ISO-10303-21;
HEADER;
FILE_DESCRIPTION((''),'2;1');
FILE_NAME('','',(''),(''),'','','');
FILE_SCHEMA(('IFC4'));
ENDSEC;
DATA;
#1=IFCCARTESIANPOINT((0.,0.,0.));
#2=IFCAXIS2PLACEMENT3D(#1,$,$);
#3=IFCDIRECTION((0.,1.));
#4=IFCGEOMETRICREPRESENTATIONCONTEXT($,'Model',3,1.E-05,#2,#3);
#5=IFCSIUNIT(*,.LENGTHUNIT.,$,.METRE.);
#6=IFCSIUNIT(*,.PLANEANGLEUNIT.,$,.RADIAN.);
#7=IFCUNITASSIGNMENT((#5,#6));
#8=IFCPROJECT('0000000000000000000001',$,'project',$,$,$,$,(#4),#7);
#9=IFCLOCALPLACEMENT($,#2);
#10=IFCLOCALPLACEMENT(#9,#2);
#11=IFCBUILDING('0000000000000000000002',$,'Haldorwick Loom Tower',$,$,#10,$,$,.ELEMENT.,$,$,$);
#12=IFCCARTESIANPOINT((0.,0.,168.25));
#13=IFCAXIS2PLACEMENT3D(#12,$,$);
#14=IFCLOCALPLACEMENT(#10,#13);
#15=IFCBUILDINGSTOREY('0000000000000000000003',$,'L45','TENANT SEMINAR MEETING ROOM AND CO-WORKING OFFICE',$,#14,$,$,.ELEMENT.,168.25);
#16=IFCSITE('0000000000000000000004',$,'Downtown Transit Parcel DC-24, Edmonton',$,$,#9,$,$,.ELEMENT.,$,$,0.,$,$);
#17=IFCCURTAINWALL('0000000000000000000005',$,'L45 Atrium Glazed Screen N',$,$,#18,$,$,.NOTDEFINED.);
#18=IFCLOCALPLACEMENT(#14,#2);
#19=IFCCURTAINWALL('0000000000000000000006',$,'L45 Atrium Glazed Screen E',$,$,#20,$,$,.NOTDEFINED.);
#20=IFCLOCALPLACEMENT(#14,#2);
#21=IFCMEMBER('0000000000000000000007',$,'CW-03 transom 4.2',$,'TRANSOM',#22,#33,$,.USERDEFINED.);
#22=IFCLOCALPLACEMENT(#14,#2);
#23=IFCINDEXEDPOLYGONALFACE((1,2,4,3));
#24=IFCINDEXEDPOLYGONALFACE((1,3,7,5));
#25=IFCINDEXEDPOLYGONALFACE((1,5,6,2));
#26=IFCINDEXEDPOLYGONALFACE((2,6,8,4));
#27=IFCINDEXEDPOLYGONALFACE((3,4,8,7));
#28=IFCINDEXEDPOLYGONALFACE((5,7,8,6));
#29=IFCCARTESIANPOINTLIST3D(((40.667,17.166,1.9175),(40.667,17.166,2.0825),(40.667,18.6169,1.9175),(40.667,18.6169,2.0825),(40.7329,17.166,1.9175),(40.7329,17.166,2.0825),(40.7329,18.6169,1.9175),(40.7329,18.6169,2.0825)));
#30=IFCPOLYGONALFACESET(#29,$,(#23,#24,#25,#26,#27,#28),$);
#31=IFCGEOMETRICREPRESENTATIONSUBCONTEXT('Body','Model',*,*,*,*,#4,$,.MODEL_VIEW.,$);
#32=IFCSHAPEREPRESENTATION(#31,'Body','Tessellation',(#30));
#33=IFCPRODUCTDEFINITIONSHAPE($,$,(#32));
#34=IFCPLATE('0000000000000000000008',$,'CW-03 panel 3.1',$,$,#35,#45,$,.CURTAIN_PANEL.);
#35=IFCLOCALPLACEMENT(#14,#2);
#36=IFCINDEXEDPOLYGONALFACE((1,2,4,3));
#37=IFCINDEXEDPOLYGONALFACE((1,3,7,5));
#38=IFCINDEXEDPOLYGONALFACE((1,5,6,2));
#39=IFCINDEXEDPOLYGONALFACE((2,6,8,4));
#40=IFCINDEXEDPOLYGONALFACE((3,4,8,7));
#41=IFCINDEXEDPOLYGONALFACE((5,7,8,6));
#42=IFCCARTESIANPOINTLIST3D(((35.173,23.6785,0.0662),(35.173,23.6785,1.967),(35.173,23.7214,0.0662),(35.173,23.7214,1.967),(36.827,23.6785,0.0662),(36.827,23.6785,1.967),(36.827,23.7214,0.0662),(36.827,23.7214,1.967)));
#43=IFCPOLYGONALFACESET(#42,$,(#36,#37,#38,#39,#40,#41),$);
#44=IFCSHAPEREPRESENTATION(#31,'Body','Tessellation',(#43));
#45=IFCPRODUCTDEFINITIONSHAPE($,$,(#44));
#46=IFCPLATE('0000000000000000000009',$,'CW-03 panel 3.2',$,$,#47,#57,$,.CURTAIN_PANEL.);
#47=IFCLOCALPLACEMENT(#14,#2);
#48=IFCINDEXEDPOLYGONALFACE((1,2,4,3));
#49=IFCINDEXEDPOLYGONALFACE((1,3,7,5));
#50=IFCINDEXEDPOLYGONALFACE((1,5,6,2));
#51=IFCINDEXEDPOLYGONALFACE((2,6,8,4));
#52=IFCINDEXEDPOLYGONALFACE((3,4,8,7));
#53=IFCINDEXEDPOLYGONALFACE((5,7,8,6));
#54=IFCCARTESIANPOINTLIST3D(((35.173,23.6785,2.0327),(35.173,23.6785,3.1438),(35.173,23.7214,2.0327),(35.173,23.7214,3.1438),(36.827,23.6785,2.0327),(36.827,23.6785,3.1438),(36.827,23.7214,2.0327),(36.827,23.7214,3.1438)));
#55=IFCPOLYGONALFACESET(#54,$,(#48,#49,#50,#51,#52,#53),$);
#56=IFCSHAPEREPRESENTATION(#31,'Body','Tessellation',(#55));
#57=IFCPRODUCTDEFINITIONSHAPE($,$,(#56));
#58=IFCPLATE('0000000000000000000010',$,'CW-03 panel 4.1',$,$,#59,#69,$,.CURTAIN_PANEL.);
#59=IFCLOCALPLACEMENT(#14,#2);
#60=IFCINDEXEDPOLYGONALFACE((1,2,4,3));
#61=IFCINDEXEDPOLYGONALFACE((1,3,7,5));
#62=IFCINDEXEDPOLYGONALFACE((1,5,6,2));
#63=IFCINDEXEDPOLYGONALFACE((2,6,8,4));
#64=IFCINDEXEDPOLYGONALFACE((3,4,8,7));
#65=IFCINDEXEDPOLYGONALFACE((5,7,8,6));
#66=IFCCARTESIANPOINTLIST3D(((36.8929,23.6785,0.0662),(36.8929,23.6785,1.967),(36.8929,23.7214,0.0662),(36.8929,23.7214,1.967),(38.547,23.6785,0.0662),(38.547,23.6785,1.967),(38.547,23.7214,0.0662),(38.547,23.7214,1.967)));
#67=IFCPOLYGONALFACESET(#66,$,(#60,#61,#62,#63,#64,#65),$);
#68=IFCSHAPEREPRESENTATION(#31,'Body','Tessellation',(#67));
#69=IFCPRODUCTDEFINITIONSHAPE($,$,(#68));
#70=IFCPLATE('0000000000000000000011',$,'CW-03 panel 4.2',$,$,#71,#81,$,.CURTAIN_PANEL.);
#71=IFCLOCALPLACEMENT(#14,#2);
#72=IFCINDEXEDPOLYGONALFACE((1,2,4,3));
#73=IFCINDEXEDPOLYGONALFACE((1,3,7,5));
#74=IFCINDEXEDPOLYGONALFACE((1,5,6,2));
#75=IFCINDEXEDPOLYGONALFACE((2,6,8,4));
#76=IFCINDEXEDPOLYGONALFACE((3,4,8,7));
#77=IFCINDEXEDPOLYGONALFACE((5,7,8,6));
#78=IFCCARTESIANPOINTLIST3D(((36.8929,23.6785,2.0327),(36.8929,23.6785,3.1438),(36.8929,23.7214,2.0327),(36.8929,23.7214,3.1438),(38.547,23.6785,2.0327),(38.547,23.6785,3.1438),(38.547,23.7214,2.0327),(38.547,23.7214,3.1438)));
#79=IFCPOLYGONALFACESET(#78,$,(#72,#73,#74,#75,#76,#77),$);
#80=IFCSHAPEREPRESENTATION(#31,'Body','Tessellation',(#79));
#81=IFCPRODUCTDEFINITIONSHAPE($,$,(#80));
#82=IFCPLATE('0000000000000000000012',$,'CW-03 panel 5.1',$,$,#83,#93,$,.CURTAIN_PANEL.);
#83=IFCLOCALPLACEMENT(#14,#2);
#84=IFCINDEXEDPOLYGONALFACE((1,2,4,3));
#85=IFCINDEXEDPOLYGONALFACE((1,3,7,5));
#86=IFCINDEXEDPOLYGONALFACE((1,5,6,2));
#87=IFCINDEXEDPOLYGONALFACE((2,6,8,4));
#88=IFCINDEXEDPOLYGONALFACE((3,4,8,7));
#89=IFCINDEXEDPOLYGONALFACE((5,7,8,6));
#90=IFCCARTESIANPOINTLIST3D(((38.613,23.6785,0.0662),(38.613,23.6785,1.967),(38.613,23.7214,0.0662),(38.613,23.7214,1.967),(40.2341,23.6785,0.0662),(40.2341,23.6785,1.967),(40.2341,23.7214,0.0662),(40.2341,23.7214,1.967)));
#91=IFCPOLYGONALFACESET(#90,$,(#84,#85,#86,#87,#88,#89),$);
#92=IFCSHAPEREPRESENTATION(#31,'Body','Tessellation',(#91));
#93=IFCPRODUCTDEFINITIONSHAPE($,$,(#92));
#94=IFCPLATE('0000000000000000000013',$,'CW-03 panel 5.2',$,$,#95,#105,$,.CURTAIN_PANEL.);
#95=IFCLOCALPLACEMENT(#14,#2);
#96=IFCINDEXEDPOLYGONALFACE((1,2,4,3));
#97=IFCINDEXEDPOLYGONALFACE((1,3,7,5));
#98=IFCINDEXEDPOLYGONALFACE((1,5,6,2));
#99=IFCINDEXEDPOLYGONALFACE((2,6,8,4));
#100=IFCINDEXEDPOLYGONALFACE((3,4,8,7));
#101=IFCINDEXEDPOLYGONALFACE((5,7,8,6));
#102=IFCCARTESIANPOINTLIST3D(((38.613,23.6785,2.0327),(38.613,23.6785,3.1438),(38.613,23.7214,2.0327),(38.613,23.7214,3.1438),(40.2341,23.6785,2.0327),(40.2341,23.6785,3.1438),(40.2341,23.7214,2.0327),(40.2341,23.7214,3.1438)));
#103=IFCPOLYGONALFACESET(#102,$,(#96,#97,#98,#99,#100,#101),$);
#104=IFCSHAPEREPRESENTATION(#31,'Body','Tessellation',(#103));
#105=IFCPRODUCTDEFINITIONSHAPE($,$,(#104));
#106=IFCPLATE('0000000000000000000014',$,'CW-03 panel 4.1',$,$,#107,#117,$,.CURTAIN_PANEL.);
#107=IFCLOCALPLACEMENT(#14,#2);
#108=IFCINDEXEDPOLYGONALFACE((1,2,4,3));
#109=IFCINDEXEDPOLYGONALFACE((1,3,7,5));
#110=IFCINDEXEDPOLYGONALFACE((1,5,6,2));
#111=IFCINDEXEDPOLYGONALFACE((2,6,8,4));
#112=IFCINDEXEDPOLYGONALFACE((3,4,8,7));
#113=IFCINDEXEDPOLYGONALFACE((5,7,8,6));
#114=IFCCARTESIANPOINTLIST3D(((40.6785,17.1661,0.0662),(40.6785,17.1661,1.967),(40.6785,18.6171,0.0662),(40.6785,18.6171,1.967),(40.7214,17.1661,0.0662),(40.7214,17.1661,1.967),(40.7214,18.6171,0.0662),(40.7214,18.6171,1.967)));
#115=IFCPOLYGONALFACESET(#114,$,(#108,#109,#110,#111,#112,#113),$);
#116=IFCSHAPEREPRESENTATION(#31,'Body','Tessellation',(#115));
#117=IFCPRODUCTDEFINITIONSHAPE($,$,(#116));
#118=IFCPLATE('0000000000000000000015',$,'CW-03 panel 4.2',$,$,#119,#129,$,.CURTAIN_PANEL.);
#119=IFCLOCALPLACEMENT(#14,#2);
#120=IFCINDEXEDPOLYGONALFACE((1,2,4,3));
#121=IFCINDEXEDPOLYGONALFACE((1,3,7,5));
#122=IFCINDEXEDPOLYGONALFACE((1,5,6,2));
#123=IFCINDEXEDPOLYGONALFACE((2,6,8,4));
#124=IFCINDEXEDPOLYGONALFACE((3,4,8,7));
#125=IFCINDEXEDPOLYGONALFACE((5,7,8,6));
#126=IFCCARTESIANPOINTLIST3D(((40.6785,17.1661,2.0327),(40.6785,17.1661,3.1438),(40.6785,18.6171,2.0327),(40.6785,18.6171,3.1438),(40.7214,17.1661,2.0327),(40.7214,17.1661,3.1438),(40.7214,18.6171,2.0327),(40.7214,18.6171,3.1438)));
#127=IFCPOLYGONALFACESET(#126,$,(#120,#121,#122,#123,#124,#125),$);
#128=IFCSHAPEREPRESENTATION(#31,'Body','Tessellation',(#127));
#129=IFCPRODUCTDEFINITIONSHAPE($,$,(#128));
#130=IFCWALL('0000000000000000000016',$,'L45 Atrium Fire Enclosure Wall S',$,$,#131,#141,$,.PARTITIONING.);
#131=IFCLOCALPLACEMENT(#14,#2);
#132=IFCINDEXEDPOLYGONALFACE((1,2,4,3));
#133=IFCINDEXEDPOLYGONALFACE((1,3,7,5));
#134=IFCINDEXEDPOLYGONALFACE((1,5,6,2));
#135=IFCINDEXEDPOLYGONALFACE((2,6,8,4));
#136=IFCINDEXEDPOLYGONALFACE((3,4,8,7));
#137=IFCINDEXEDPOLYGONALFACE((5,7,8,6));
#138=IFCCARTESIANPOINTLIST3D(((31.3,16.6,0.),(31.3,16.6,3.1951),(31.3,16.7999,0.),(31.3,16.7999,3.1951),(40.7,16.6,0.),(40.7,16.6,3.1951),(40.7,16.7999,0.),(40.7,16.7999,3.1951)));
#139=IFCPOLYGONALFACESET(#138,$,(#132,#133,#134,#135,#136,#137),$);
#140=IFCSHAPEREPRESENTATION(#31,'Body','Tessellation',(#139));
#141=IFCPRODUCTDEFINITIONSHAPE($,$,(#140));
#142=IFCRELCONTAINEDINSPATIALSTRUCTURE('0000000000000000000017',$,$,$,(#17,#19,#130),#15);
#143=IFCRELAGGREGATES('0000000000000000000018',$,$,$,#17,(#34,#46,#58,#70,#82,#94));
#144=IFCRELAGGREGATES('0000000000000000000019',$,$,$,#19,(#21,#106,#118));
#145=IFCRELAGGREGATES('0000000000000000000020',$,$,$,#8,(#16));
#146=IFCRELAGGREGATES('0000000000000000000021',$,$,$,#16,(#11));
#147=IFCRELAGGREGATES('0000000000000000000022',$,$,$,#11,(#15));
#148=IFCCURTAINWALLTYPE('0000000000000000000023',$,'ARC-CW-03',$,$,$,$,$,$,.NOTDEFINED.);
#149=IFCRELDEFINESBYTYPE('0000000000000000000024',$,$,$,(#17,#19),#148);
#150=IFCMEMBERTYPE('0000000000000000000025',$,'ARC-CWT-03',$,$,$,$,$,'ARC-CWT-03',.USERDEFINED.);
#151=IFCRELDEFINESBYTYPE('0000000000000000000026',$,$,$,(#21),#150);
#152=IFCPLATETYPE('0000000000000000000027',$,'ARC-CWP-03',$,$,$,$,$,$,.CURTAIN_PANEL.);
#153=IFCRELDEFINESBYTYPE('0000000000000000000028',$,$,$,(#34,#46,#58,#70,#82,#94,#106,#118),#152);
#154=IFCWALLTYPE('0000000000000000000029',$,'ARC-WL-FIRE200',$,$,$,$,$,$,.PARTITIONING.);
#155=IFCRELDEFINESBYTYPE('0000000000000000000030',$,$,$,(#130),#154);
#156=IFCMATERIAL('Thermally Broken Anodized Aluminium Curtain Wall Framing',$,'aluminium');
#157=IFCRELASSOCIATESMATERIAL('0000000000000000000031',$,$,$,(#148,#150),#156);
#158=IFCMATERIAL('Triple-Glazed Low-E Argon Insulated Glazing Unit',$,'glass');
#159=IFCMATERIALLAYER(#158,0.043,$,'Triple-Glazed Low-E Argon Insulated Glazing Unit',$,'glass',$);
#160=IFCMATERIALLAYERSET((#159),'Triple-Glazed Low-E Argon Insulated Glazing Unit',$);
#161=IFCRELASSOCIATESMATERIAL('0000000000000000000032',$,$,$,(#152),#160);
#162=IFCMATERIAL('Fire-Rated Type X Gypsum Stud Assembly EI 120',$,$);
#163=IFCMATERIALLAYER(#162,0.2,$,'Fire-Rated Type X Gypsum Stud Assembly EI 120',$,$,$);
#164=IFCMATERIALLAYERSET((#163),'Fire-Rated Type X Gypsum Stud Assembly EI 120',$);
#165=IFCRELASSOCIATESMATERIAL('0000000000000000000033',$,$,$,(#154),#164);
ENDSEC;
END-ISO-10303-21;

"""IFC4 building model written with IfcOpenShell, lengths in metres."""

from ifc_helpers import new_model, si_unit, direction, frame, frame_2d, origin, origin_2d, place, context, subcontext, project, spatial, rectangle, extrude, material, layer, layer_set, material_profile, profile_set, type_object, element, aggregate, save


model = new_model("IFC4")

# Units and contexts
model_context = context("Model", 3, precision=1e-05, world=origin(), true_north=direction((0.0, 1.0)))
body_context = subcontext(model_context, "Body", "Model", "MODEL_VIEW")
ifc_project = project(units=[si_unit("LENGTHUNIT", "METRE"), si_unit("PLANEANGLEUNIT", "RADIAN")], contexts=[model_context])

# Site, building, storey
site_placement = place(None, origin())
site = spatial("IfcSite", under=ifc_project, at=site_placement, Name="Downtown Transit Parcel DC-24, Edmonton", CompositionType="ELEMENT", RefElevation=0.0)
building_placement = place(site_placement, origin())
building = spatial("IfcBuilding", under=site, at=building_placement, Name="Haldorwick Loom Tower", CompositionType="ELEMENT")
storey_placement = place(building_placement, frame((0.0, 0.0, 168.25)))
storey = spatial("IfcBuildingStorey", under=building, at=storey_placement, Name="L45", Description="TENANT SEMINAR MEETING ROOM AND CO-WORKING OFFICE", CompositionType="ELEMENT", Elevation=168.25)

# Shared definitions
ifc_material_1 = material(Name="Thermally Broken Anodized Aluminium Curtain Wall Framing", Category="aluminium")
curtain_wall_type = type_object("IfcCurtainWallType", Name="ARC-CW-03", PredefinedType="NOTDEFINED", material=ifc_material_1)

# Curtain wall
curtain_wall_1_placement = place(storey_placement, origin())
curtain_wall_1 = element("IfcCurtainWall", 1, at=curtain_wall_1_placement, inside=storey, type_object=curtain_wall_type, Name="L45 Atrium Glazed Screen N", PredefinedType="NOTDEFINED")

# Curtain wall
curtain_wall_2_placement = place(storey_placement, origin())
curtain_wall_2 = element("IfcCurtainWall", 2, at=curtain_wall_2_placement, inside=storey, type_object=curtain_wall_type, Name="L45 Atrium Glazed Screen E", PredefinedType="NOTDEFINED")

# Member
ifc_material_profile_1 = material_profile(ifc_material_1, rectangle(XDim=0.0659, YDim=0.165, at=origin_2d()), Name="ALU_TRN_66X165", Category="aluminium")
ifc_profile_set_1 = profile_set([ifc_material_profile_1], Name="Thermally Broken Anodized Aluminium Curtain Wall Framing")
member_type_1 = type_object("IfcMemberType", Name="ARC-CWT-03", ElementType="ARC-CWT-03", PredefinedType="USERDEFINED", material=ifc_profile_set_1)
member_1_placement = place(storey_placement, frame((40.7, 18.6169, 2.0), z_axis=(0.0, -1.0, 0.0), x_axis=(1.0, 0.0, 0.0)))
member_1 = element("IfcMember", 3, at=member_1_placement, type_object=member_type_1, Name="CW-03 transom 4.2", ObjectType="TRANSOM", PredefinedType="USERDEFINED", context=body_context, shape_type="SweptSolid", body=[
    extrude(rectangle(XDim=0.0659, YDim=0.165, at=origin_2d()), origin(), (0.0, 0.0, 1.0), 1.4509),
])

# Plates
ifc_material_2 = material(Name="Triple-Glazed Low-E Argon Insulated Glazing Unit", Category="glass")
ifc_layer_1 = layer(ifc_material_2, 0.043, Name="Triple-Glazed Low-E Argon Insulated Glazing Unit", Category="glass")
ifc_layer_set_1 = layer_set([ifc_layer_1], Name="Triple-Glazed Low-E Argon Insulated Glazing Unit")
plate_type = type_object("IfcPlateType", Name="ARC-CWP-03", PredefinedType="CURTAIN_PANEL", material=ifc_layer_set_1)
plate_1_placement = place(storey_placement, frame((36.0, 23.7, 0.0662), z_axis=(0.0, 0.0, 1.0), x_axis=(1.0, 0.0, 0.0)))
plate_1 = element("IfcPlate", 4, at=plate_1_placement, type_object=plate_type, Name="CW-03 panel 3.1", PredefinedType="CURTAIN_PANEL", context=body_context, shape_type="SweptSolid", body=[
    extrude(rectangle(XDim=1.6541, YDim=0.043, at=origin_2d()), origin(), (0.0, 0.0, 1.0), 1.9009),
])
plate_2_placement = place(storey_placement, frame((36.0, 23.7, 2.0327), z_axis=(0.0, 0.0, 1.0), x_axis=(1.0, 0.0, 0.0)))
plate_2 = element("IfcPlate", 5, at=plate_2_placement, type_object=plate_type, Name="CW-03 panel 3.2", PredefinedType="CURTAIN_PANEL", context=body_context, shape_type="SweptSolid", body=[
    extrude(rectangle(XDim=1.6541, YDim=0.043, at=origin_2d()), origin(), (0.0, 0.0, 1.0), 1.1111),
])
plate_3_placement = place(storey_placement, frame((37.72, 23.7, 0.0662), z_axis=(0.0, 0.0, 1.0), x_axis=(1.0, 0.0, 0.0)))
plate_3 = element("IfcPlate", 6, at=plate_3_placement, type_object=plate_type, Name="CW-03 panel 4.1", PredefinedType="CURTAIN_PANEL", context=body_context, shape_type="SweptSolid", body=[
    extrude(rectangle(XDim=1.6541, YDim=0.043, at=origin_2d()), origin(), (0.0, 0.0, 1.0), 1.9009),
])
plate_4_placement = place(storey_placement, frame((37.72, 23.7, 2.0327), z_axis=(0.0, 0.0, 1.0), x_axis=(1.0, 0.0, 0.0)))
plate_4 = element("IfcPlate", 7, at=plate_4_placement, type_object=plate_type, Name="CW-03 panel 4.2", PredefinedType="CURTAIN_PANEL", context=body_context, shape_type="SweptSolid", body=[
    extrude(rectangle(XDim=1.6541, YDim=0.043, at=origin_2d()), origin(), (0.0, 0.0, 1.0), 1.1111),
])
plate_5_placement = place(storey_placement, frame((39.4236, 23.7, 0.0662), z_axis=(0.0, 0.0, 1.0), x_axis=(1.0, 0.0, 0.0)))
plate_5 = element("IfcPlate", 8, at=plate_5_placement, type_object=plate_type, Name="CW-03 panel 5.1", PredefinedType="CURTAIN_PANEL", context=body_context, shape_type="SweptSolid", body=[
    extrude(rectangle(XDim=1.6211, YDim=0.043, at=origin_2d()), origin(), (0.0, 0.0, 1.0), 1.9009),
])
plate_6_placement = place(storey_placement, frame((39.4236, 23.7, 2.0327), z_axis=(0.0, 0.0, 1.0), x_axis=(1.0, 0.0, 0.0)))
plate_6 = element("IfcPlate", 9, at=plate_6_placement, type_object=plate_type, Name="CW-03 panel 5.2", PredefinedType="CURTAIN_PANEL", context=body_context, shape_type="SweptSolid", body=[
    extrude(rectangle(XDim=1.6211, YDim=0.043, at=origin_2d()), origin(), (0.0, 0.0, 1.0), 1.1111),
])
aggregate(curtain_wall_1, [plate_1, plate_2, plate_3, plate_4, plate_5, plate_6])
plate_7_placement = place(storey_placement, frame((40.7, 17.8916, 0.0662), z_axis=(0.0, 0.0, 1.0), x_axis=(0.0, -1.0, 0.0)))
plate_7 = element("IfcPlate", 10, at=plate_7_placement, type_object=plate_type, Name="CW-03 panel 4.1", PredefinedType="CURTAIN_PANEL", context=body_context, shape_type="SweptSolid", body=[
    extrude(rectangle(XDim=1.4509, YDim=0.043, at=origin_2d()), origin(), (0.0, 0.0, 1.0), 1.9009),
])
plate_8_placement = place(storey_placement, frame((40.7, 17.8916, 2.0327), z_axis=(0.0, 0.0, 1.0), x_axis=(0.0, -1.0, 0.0)))
plate_8 = element("IfcPlate", 11, at=plate_8_placement, type_object=plate_type, Name="CW-03 panel 4.2", PredefinedType="CURTAIN_PANEL", context=body_context, shape_type="SweptSolid", body=[
    extrude(rectangle(XDim=1.4509, YDim=0.043, at=origin_2d()), origin(), (0.0, 0.0, 1.0), 1.1111),
])
aggregate(curtain_wall_2, [member_1, plate_7, plate_8])

# Wall
ifc_material_3 = material(Name="Fire-Rated Type X Gypsum Stud Assembly EI 120")
ifc_layer_2 = layer(ifc_material_3, 0.2, Name="Fire-Rated Type X Gypsum Stud Assembly EI 120")
ifc_layer_set_2 = layer_set([ifc_layer_2], Name="Fire-Rated Type X Gypsum Stud Assembly EI 120")
wall_type = type_object("IfcWallType", Name="ARC-WL-FIRE200", PredefinedType="PARTITIONING", material=ifc_layer_set_2)
wall_placement = place(storey_placement, frame((40.7, 16.7, 0.0), z_axis=(0.0, 0.0, 1.0), x_axis=(-1.0, 0.0, 0.0)))
element("IfcWall", 12, at=wall_placement, inside=storey, type_object=wall_type, Name="L45 Atrium Fire Enclosure Wall S", PredefinedType="PARTITIONING", context=body_context, shape_type="SweptSolid", body=[
    extrude(rectangle(XDim=9.3999, YDim=0.2, at=frame_2d((4.7, 0.0))), origin(), (0.0, 0.0, 1.0), 3.1951),
])

save(model, "model.ifc")
